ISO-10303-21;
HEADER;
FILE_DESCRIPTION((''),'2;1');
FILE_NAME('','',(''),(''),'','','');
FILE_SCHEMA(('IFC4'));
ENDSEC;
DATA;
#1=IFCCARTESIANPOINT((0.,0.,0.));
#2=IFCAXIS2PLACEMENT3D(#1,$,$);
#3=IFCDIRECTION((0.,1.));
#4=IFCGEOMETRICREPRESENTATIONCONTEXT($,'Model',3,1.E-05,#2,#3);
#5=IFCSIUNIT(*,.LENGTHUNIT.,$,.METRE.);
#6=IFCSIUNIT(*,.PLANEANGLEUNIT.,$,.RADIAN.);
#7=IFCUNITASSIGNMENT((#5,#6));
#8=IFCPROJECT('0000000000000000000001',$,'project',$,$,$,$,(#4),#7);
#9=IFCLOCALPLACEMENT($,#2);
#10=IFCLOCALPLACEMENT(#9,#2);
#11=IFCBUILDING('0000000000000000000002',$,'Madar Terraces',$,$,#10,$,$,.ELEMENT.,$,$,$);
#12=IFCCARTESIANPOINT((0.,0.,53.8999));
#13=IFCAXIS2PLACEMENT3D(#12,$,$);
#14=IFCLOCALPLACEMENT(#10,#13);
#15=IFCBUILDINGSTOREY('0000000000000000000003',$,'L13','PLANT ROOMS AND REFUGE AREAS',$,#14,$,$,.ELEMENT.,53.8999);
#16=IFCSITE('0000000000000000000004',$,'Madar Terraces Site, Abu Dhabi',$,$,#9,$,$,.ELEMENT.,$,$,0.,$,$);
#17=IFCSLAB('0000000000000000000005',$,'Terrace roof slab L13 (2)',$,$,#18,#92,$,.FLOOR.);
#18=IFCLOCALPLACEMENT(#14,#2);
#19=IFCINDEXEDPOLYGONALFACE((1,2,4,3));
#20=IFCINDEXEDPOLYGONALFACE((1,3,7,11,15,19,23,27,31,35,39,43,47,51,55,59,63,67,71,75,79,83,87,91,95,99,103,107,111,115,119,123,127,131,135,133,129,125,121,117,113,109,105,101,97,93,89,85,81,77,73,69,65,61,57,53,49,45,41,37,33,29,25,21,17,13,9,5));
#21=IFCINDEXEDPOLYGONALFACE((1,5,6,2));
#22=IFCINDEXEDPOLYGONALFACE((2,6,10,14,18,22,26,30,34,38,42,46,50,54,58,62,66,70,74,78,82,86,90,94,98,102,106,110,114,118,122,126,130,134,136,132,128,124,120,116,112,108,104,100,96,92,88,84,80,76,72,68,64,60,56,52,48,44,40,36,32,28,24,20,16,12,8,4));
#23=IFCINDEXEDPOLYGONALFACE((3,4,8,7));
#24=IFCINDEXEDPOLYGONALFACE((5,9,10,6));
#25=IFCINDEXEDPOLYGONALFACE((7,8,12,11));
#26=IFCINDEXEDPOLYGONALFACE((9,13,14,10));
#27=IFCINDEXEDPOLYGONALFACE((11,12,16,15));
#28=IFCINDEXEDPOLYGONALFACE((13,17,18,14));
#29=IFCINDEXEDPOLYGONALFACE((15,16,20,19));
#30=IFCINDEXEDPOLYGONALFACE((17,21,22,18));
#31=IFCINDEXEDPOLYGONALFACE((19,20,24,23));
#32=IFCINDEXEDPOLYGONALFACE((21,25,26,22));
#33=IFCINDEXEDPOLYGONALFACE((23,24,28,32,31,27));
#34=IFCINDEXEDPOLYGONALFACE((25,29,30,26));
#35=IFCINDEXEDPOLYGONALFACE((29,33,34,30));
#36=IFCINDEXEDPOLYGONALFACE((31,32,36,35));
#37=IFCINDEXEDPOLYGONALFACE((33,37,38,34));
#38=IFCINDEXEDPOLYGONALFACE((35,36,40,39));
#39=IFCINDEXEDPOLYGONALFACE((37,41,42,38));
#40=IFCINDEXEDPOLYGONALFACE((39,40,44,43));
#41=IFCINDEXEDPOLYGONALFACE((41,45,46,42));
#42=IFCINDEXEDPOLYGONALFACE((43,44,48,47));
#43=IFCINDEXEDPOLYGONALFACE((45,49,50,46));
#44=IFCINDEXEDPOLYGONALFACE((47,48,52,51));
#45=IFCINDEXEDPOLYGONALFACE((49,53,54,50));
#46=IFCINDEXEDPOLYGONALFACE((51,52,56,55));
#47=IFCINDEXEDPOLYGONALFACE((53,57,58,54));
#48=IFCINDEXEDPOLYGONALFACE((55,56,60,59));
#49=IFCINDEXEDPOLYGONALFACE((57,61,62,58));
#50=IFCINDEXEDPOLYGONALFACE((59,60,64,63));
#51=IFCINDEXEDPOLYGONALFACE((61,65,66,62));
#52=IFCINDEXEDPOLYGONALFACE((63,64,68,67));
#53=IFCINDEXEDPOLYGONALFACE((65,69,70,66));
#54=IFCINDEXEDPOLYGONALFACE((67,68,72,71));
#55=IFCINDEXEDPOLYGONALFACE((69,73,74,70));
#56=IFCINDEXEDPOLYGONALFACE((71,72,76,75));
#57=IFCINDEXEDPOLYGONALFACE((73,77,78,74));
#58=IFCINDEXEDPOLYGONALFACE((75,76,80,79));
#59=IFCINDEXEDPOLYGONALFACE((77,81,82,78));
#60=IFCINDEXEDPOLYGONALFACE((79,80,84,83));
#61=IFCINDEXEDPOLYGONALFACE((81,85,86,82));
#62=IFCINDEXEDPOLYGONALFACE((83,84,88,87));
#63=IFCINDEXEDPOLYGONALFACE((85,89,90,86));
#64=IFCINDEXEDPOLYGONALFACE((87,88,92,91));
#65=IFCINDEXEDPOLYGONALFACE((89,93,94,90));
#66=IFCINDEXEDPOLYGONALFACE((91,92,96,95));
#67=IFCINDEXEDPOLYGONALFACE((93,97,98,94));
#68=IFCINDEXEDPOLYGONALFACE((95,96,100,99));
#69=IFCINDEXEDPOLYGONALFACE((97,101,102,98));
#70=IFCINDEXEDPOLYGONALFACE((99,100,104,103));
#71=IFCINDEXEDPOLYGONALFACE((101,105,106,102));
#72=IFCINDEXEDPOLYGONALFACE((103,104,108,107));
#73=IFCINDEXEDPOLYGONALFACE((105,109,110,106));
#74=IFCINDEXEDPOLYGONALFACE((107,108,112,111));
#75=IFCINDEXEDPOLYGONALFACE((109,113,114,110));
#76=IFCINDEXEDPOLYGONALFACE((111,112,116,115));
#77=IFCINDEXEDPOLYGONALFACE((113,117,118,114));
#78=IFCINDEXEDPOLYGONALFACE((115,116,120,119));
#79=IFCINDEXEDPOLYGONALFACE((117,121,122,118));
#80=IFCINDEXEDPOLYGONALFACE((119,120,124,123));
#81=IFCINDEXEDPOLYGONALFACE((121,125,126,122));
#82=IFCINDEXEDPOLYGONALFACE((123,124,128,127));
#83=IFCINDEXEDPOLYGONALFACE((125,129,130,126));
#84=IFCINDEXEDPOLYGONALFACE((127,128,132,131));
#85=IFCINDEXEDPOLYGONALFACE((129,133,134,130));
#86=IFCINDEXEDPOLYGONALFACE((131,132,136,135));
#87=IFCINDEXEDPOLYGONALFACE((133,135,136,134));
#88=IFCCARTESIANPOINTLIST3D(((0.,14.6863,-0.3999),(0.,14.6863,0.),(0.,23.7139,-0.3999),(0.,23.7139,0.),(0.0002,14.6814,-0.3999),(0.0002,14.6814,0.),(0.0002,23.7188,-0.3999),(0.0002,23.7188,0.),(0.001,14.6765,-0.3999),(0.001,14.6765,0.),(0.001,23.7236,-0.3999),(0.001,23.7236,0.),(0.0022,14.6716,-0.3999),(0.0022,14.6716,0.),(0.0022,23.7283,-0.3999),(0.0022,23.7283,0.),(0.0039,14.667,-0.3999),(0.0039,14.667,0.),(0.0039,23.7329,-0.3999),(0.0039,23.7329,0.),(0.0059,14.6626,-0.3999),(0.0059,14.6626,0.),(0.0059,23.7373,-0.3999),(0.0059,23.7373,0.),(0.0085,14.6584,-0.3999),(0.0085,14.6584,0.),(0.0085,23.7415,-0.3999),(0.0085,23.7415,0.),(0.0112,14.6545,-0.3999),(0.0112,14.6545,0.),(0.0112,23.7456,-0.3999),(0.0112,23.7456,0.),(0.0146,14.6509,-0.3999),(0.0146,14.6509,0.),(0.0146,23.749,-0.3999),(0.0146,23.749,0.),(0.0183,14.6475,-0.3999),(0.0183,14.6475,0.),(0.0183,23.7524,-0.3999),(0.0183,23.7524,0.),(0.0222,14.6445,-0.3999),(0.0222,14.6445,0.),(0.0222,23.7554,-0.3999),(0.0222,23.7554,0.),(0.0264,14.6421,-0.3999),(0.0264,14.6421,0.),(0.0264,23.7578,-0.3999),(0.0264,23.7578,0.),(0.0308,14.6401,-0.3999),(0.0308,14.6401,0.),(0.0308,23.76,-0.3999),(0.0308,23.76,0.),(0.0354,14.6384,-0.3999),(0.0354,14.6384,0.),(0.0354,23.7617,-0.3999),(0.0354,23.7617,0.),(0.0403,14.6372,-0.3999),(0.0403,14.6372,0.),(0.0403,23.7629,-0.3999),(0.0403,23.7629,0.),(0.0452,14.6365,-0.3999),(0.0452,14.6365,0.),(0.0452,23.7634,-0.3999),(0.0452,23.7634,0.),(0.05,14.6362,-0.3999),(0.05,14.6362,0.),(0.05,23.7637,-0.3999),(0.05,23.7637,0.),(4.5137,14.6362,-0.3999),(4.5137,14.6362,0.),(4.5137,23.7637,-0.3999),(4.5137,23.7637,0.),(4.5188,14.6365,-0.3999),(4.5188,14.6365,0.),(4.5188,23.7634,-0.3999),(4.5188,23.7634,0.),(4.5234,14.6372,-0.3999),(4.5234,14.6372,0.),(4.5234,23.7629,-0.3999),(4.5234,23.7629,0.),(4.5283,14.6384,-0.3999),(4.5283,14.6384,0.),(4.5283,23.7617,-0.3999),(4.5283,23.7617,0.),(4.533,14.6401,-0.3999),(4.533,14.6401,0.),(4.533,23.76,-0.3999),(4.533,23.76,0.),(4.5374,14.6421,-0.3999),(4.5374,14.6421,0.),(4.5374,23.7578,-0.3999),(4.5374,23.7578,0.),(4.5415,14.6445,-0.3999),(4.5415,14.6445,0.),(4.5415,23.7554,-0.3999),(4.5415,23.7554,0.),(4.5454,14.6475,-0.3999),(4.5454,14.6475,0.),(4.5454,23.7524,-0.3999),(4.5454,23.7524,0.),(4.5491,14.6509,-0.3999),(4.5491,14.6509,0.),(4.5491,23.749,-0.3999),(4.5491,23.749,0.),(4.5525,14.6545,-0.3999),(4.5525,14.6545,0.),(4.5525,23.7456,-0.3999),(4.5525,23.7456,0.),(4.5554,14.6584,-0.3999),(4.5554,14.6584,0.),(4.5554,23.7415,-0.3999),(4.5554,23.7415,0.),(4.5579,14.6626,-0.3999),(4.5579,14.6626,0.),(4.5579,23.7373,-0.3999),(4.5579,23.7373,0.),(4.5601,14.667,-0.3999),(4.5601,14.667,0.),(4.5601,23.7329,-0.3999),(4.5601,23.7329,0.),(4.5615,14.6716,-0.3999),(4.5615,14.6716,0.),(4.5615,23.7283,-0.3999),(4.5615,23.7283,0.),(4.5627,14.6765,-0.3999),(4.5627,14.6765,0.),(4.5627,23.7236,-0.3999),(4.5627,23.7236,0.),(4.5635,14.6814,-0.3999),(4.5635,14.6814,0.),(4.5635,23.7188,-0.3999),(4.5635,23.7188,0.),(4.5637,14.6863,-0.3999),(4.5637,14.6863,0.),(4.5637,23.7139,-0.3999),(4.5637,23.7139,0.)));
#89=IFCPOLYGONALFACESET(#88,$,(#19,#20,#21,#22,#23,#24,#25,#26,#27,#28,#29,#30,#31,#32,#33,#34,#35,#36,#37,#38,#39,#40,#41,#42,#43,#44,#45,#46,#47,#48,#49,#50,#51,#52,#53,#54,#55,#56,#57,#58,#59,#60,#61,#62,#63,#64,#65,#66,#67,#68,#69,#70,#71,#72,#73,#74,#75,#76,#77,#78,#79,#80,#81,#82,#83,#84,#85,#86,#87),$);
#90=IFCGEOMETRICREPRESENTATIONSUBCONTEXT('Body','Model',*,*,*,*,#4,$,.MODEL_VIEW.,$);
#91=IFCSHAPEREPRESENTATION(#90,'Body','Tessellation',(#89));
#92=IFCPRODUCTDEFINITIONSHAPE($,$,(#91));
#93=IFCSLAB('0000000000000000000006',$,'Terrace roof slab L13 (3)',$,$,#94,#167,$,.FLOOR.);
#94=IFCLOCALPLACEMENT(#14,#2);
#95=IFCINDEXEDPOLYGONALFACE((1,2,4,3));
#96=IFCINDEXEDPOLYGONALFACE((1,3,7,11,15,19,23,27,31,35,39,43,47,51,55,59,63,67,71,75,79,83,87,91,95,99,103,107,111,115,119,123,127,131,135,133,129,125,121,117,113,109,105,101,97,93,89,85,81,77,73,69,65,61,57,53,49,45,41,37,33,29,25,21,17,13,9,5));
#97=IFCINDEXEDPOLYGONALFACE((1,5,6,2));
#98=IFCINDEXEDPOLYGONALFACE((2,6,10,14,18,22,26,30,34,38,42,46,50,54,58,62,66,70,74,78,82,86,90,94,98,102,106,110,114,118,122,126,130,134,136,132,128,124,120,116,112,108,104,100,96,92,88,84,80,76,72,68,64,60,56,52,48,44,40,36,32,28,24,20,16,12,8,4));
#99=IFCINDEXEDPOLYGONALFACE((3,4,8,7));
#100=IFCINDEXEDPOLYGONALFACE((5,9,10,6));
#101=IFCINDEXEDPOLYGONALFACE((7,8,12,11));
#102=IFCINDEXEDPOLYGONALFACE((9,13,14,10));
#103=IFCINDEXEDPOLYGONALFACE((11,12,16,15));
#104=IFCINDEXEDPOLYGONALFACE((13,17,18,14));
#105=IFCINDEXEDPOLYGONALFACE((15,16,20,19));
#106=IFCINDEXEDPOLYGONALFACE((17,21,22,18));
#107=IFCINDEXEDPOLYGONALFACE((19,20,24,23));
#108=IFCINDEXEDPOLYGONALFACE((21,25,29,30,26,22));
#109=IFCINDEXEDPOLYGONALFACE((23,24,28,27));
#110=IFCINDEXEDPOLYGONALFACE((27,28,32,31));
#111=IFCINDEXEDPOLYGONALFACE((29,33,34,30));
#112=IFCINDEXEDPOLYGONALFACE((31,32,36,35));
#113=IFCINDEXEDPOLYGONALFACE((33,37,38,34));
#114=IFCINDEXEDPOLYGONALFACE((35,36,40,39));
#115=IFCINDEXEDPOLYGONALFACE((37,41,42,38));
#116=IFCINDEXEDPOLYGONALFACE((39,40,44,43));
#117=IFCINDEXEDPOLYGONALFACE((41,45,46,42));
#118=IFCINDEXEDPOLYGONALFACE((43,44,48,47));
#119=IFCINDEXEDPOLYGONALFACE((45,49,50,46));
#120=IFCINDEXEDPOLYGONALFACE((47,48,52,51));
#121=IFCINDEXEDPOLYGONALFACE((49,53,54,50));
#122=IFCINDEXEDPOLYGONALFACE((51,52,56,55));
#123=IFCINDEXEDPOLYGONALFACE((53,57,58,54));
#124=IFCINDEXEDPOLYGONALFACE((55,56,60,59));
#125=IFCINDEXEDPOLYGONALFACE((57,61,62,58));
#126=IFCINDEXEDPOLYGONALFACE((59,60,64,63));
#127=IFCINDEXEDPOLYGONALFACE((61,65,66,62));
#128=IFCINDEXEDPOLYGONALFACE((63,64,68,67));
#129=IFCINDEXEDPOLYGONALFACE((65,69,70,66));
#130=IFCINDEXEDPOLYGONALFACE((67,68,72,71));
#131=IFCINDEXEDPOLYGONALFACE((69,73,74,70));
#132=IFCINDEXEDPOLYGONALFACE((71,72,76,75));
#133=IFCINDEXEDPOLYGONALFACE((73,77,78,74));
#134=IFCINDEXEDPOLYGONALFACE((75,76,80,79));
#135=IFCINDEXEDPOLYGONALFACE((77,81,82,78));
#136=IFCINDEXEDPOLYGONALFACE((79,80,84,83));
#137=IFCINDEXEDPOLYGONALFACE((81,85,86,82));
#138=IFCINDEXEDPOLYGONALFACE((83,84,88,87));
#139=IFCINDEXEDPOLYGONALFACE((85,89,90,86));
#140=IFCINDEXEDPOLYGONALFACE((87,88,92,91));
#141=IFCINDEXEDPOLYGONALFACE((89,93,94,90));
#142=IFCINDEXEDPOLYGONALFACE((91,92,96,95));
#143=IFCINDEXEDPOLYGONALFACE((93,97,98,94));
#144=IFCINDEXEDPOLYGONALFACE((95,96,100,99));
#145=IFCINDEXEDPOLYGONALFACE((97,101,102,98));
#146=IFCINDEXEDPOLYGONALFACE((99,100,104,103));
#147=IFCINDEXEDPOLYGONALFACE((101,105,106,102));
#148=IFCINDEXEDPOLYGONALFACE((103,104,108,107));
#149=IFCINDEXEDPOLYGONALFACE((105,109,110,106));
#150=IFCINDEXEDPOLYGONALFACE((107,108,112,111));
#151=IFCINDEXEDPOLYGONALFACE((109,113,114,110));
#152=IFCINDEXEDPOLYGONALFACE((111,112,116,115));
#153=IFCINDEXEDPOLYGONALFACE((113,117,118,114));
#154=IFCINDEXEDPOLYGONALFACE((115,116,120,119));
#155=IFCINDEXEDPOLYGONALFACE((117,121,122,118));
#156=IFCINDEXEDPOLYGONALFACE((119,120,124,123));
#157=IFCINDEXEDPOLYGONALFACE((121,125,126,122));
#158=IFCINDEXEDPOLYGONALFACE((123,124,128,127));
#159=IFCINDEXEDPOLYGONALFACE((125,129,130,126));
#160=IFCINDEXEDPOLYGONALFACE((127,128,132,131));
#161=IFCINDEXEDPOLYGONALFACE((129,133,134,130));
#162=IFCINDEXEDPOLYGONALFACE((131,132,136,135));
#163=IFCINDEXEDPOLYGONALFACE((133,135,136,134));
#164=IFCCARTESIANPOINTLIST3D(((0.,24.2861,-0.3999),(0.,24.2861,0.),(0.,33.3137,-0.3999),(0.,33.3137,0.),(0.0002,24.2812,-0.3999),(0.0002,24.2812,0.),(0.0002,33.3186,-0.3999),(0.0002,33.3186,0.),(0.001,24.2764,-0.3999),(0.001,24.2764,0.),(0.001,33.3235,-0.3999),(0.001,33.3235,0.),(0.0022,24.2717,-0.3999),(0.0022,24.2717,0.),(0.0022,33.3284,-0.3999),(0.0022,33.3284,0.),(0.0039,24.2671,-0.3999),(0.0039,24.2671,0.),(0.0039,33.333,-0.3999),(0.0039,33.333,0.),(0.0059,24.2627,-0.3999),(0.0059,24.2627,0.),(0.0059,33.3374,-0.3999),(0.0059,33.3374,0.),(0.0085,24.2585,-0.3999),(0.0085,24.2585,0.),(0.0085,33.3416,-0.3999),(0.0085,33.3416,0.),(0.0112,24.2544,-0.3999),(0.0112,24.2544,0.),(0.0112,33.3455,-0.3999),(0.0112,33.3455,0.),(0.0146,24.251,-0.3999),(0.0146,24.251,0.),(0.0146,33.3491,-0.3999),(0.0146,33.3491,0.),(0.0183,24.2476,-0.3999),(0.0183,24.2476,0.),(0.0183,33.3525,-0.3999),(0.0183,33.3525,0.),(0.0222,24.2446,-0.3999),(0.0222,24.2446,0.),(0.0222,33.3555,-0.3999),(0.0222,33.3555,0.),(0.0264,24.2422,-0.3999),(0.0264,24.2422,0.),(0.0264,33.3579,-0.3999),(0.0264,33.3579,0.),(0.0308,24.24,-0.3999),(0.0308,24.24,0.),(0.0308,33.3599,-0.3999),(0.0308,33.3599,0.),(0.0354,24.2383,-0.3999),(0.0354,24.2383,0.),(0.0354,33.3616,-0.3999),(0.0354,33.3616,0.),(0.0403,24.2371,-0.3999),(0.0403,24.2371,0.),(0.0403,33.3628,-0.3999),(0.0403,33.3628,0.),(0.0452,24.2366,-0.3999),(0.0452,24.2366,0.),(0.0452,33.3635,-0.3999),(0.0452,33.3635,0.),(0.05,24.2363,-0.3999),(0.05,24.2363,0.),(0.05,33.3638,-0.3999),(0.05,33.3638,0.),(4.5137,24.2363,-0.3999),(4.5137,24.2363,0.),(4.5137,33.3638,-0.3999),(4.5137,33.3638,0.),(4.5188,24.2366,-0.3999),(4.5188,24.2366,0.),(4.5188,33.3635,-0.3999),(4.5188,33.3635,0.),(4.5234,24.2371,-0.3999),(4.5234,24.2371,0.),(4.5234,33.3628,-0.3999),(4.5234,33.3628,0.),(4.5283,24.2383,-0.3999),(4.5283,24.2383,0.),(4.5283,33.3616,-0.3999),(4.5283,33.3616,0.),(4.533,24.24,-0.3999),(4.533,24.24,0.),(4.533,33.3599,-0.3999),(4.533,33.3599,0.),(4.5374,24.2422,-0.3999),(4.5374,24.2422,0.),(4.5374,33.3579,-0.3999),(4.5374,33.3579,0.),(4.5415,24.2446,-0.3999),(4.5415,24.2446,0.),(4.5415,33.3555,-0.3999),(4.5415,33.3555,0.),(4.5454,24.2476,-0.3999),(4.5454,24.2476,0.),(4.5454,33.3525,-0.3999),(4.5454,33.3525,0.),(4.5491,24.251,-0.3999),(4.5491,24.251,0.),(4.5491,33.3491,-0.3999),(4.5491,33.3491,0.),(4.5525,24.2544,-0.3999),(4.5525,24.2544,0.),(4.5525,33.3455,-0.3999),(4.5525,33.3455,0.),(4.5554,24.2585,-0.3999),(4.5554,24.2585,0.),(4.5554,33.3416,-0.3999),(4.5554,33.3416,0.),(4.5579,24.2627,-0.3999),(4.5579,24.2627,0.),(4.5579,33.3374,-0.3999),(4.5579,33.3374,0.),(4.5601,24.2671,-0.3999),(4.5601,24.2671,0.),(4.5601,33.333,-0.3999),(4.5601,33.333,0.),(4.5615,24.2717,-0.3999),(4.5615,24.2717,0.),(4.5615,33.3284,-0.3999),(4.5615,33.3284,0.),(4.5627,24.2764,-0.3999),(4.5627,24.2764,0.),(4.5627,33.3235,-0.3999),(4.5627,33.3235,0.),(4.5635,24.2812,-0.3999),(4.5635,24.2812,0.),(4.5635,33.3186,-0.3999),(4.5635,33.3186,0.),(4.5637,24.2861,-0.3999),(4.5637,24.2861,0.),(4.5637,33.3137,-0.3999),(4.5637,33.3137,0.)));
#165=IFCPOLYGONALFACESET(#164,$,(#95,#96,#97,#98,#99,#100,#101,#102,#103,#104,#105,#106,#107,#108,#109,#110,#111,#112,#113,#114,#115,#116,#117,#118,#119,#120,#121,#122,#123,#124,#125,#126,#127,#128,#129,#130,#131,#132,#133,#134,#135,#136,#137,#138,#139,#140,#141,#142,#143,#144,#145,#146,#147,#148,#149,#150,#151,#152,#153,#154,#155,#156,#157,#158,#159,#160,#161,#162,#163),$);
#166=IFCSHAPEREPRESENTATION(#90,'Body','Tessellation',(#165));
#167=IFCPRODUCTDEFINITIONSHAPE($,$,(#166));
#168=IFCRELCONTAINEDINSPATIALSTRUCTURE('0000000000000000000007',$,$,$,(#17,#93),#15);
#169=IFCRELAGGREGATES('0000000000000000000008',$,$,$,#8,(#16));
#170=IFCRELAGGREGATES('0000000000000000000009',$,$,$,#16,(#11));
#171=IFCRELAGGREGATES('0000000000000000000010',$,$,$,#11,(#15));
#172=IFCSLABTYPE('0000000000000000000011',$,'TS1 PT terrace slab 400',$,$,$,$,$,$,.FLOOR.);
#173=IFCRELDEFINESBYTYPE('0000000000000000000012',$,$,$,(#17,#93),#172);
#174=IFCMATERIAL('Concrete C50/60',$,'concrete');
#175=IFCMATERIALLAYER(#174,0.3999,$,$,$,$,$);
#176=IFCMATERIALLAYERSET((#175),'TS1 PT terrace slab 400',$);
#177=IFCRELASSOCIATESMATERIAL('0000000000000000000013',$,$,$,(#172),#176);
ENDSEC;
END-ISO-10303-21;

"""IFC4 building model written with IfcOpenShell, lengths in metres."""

from ifc_helpers import new_model, si_unit, direction, frame, origin, place, context, subcontext, project, spatial, polyline, outline, extrude, material, layer, layer_set, type_object, element, save


model = new_model("IFC4")

# Units and contexts
model_context = context("Model", 3, precision=1e-05, world=origin(), true_north=direction((0.0, 1.0)))
body_context = subcontext(model_context, "Body", "Model", "MODEL_VIEW")
ifc_project = project(units=[si_unit("LENGTHUNIT", "METRE"), si_unit("PLANEANGLEUNIT", "RADIAN")], contexts=[model_context])

# Site, building, storey
site_placement = place(None, origin())
site = spatial("IfcSite", under=ifc_project, at=site_placement, Name="Madar Terraces Site, Abu Dhabi", CompositionType="ELEMENT", RefElevation=0.0)
building_placement = place(site_placement, origin())
building = spatial("IfcBuilding", under=site, at=building_placement, Name="Madar Terraces", CompositionType="ELEMENT")
storey_placement = place(building_placement, frame((0.0, 0.0, 53.8999)))
storey = spatial("IfcBuildingStorey", under=building, at=storey_placement, Name="L13", Description="PLANT ROOMS AND REFUGE AREAS", CompositionType="ELEMENT", Elevation=53.8999)

# Slabs
ifc_material_1 = material(Name="Concrete C50/60", Category="concrete")
ifc_layer_1 = layer(ifc_material_1, 0.3999)
ifc_layer_set_1 = layer_set([ifc_layer_1], Name="TS1 PT terrace slab 400")
slab_type_1 = type_object("IfcSlabType", Name="TS1 PT terrace slab 400", PredefinedType="FLOOR", material=ifc_layer_set_1)
slab_1_placement = place(storey_placement, frame((0.0, 0.0, -0.3999)))
element("IfcSlab", 1, at=slab_1_placement, inside=storey, type_object=slab_type_1, Name="Terrace roof slab L13 (2)", PredefinedType="FLOOR", context=body_context, shape_type="SweptSolid", body=[
    extrude(outline(polyline([(0.001, 23.7236), (0.0002, 23.7188), (0.0, 23.7139), (0.0, 14.6863), (0.0002, 14.6814), (0.001, 14.6765), (0.0022, 14.6716), (0.0039, 14.667), (0.0059, 14.6626), (0.0085, 14.6584), (0.0112, 14.6545), (0.0146, 14.6509), (0.0183, 14.6475), (0.0222, 14.6445), (0.0264, 14.6421), (0.0308, 14.6401), (0.0354, 14.6384), (0.0403, 14.6372), (0.0452, 14.6365), (0.05, 14.6362), (4.5137, 14.6362), (4.5188, 14.6365), (4.5234, 14.6372), (4.5283, 14.6384), (4.533, 14.6401), (4.5374, 14.6421), (4.5415, 14.6445), (4.5454, 14.6475), (4.5491, 14.6509), (4.5525, 14.6545), (4.5554, 14.6584), (4.5579, 14.6626), (4.5601, 14.667), (4.5615, 14.6716), (4.5627, 14.6765), (4.5635, 14.6814), (4.5637, 14.6863), (4.5637, 23.7139), (4.5635, 23.7188), (4.5627, 23.7236), (4.5615, 23.7283), (4.5601, 23.7329), (4.5579, 23.7373), (4.5554, 23.7415), (4.5525, 23.7456), (4.5491, 23.749), (4.5454, 23.7524), (4.5415, 23.7554), (4.5374, 23.7578), (4.533, 23.76), (4.5283, 23.7617), (4.5234, 23.7629), (4.5188, 23.7634), (4.5137, 23.7637), (0.05, 23.7637), (0.0452, 23.7634), (0.0403, 23.7629), (0.0354, 23.7617), (0.0308, 23.76), (0.0264, 23.7578), (0.0222, 23.7554), (0.0183, 23.7524), (0.0146, 23.749), (0.0112, 23.7456), (0.0085, 23.7415), (0.0059, 23.7373), (0.0039, 23.7329), (0.0022, 23.7283), (0.001, 23.7236)])), origin(), (0.0, 0.0, 1.0), 0.3999),
])
slab_2_placement = place(storey_placement, frame((0.0, 0.0, -0.3999)))
element("IfcSlab", 2, at=slab_2_placement, inside=storey, type_object=slab_type_1, Name="Terrace roof slab L13 (3)", PredefinedType="FLOOR", context=body_context, shape_type="SweptSolid", body=[
    extrude(outline(polyline([(0.0002, 33.3186), (0.0, 33.3137), (0.0, 24.2861), (0.0002, 24.2812), (0.001, 24.2764), (0.0022, 24.2717), (0.0039, 24.2671), (0.0059, 24.2627), (0.0085, 24.2585), (0.0112, 24.2544), (0.0146, 24.251), (0.0183, 24.2476), (0.0222, 24.2446), (0.0264, 24.2422), (0.0308, 24.24), (0.0354, 24.2383), (0.0403, 24.2371), (0.0452, 24.2366), (0.05, 24.2363), (4.5137, 24.2363), (4.5188, 24.2366), (4.5234, 24.2371), (4.5283, 24.2383), (4.533, 24.24), (4.5374, 24.2422), (4.5415, 24.2446), (4.5454, 24.2476), (4.5491, 24.251), (4.5525, 24.2544), (4.5554, 24.2585), (4.5579, 24.2627), (4.5601, 24.2671), (4.5615, 24.2717), (4.5627, 24.2764), (4.5635, 24.2812), (4.5637, 24.2861), (4.5637, 33.3137), (4.5635, 33.3186), (4.5627, 33.3235), (4.5615, 33.3284), (4.5601, 33.333), (4.5579, 33.3374), (4.5554, 33.3416), (4.5525, 33.3455), (4.5491, 33.3491), (4.5454, 33.3525), (4.5415, 33.3555), (4.5374, 33.3579), (4.533, 33.3599), (4.5283, 33.3616), (4.5234, 33.3628), (4.5188, 33.3635), (4.5137, 33.3638), (0.05, 33.3638), (0.0452, 33.3635), (0.0403, 33.3628), (0.0354, 33.3616), (0.0308, 33.3599), (0.0264, 33.3579), (0.0222, 33.3555), (0.0183, 33.3525), (0.0146, 33.3491), (0.0112, 33.3455), (0.0085, 33.3416), (0.0059, 33.3374), (0.0039, 33.333), (0.0022, 33.3284), (0.001, 33.3235), (0.0002, 33.3186)])), origin(), (0.0, 0.0, 1.0), 0.3999),
])

save(model, "model.ifc")
